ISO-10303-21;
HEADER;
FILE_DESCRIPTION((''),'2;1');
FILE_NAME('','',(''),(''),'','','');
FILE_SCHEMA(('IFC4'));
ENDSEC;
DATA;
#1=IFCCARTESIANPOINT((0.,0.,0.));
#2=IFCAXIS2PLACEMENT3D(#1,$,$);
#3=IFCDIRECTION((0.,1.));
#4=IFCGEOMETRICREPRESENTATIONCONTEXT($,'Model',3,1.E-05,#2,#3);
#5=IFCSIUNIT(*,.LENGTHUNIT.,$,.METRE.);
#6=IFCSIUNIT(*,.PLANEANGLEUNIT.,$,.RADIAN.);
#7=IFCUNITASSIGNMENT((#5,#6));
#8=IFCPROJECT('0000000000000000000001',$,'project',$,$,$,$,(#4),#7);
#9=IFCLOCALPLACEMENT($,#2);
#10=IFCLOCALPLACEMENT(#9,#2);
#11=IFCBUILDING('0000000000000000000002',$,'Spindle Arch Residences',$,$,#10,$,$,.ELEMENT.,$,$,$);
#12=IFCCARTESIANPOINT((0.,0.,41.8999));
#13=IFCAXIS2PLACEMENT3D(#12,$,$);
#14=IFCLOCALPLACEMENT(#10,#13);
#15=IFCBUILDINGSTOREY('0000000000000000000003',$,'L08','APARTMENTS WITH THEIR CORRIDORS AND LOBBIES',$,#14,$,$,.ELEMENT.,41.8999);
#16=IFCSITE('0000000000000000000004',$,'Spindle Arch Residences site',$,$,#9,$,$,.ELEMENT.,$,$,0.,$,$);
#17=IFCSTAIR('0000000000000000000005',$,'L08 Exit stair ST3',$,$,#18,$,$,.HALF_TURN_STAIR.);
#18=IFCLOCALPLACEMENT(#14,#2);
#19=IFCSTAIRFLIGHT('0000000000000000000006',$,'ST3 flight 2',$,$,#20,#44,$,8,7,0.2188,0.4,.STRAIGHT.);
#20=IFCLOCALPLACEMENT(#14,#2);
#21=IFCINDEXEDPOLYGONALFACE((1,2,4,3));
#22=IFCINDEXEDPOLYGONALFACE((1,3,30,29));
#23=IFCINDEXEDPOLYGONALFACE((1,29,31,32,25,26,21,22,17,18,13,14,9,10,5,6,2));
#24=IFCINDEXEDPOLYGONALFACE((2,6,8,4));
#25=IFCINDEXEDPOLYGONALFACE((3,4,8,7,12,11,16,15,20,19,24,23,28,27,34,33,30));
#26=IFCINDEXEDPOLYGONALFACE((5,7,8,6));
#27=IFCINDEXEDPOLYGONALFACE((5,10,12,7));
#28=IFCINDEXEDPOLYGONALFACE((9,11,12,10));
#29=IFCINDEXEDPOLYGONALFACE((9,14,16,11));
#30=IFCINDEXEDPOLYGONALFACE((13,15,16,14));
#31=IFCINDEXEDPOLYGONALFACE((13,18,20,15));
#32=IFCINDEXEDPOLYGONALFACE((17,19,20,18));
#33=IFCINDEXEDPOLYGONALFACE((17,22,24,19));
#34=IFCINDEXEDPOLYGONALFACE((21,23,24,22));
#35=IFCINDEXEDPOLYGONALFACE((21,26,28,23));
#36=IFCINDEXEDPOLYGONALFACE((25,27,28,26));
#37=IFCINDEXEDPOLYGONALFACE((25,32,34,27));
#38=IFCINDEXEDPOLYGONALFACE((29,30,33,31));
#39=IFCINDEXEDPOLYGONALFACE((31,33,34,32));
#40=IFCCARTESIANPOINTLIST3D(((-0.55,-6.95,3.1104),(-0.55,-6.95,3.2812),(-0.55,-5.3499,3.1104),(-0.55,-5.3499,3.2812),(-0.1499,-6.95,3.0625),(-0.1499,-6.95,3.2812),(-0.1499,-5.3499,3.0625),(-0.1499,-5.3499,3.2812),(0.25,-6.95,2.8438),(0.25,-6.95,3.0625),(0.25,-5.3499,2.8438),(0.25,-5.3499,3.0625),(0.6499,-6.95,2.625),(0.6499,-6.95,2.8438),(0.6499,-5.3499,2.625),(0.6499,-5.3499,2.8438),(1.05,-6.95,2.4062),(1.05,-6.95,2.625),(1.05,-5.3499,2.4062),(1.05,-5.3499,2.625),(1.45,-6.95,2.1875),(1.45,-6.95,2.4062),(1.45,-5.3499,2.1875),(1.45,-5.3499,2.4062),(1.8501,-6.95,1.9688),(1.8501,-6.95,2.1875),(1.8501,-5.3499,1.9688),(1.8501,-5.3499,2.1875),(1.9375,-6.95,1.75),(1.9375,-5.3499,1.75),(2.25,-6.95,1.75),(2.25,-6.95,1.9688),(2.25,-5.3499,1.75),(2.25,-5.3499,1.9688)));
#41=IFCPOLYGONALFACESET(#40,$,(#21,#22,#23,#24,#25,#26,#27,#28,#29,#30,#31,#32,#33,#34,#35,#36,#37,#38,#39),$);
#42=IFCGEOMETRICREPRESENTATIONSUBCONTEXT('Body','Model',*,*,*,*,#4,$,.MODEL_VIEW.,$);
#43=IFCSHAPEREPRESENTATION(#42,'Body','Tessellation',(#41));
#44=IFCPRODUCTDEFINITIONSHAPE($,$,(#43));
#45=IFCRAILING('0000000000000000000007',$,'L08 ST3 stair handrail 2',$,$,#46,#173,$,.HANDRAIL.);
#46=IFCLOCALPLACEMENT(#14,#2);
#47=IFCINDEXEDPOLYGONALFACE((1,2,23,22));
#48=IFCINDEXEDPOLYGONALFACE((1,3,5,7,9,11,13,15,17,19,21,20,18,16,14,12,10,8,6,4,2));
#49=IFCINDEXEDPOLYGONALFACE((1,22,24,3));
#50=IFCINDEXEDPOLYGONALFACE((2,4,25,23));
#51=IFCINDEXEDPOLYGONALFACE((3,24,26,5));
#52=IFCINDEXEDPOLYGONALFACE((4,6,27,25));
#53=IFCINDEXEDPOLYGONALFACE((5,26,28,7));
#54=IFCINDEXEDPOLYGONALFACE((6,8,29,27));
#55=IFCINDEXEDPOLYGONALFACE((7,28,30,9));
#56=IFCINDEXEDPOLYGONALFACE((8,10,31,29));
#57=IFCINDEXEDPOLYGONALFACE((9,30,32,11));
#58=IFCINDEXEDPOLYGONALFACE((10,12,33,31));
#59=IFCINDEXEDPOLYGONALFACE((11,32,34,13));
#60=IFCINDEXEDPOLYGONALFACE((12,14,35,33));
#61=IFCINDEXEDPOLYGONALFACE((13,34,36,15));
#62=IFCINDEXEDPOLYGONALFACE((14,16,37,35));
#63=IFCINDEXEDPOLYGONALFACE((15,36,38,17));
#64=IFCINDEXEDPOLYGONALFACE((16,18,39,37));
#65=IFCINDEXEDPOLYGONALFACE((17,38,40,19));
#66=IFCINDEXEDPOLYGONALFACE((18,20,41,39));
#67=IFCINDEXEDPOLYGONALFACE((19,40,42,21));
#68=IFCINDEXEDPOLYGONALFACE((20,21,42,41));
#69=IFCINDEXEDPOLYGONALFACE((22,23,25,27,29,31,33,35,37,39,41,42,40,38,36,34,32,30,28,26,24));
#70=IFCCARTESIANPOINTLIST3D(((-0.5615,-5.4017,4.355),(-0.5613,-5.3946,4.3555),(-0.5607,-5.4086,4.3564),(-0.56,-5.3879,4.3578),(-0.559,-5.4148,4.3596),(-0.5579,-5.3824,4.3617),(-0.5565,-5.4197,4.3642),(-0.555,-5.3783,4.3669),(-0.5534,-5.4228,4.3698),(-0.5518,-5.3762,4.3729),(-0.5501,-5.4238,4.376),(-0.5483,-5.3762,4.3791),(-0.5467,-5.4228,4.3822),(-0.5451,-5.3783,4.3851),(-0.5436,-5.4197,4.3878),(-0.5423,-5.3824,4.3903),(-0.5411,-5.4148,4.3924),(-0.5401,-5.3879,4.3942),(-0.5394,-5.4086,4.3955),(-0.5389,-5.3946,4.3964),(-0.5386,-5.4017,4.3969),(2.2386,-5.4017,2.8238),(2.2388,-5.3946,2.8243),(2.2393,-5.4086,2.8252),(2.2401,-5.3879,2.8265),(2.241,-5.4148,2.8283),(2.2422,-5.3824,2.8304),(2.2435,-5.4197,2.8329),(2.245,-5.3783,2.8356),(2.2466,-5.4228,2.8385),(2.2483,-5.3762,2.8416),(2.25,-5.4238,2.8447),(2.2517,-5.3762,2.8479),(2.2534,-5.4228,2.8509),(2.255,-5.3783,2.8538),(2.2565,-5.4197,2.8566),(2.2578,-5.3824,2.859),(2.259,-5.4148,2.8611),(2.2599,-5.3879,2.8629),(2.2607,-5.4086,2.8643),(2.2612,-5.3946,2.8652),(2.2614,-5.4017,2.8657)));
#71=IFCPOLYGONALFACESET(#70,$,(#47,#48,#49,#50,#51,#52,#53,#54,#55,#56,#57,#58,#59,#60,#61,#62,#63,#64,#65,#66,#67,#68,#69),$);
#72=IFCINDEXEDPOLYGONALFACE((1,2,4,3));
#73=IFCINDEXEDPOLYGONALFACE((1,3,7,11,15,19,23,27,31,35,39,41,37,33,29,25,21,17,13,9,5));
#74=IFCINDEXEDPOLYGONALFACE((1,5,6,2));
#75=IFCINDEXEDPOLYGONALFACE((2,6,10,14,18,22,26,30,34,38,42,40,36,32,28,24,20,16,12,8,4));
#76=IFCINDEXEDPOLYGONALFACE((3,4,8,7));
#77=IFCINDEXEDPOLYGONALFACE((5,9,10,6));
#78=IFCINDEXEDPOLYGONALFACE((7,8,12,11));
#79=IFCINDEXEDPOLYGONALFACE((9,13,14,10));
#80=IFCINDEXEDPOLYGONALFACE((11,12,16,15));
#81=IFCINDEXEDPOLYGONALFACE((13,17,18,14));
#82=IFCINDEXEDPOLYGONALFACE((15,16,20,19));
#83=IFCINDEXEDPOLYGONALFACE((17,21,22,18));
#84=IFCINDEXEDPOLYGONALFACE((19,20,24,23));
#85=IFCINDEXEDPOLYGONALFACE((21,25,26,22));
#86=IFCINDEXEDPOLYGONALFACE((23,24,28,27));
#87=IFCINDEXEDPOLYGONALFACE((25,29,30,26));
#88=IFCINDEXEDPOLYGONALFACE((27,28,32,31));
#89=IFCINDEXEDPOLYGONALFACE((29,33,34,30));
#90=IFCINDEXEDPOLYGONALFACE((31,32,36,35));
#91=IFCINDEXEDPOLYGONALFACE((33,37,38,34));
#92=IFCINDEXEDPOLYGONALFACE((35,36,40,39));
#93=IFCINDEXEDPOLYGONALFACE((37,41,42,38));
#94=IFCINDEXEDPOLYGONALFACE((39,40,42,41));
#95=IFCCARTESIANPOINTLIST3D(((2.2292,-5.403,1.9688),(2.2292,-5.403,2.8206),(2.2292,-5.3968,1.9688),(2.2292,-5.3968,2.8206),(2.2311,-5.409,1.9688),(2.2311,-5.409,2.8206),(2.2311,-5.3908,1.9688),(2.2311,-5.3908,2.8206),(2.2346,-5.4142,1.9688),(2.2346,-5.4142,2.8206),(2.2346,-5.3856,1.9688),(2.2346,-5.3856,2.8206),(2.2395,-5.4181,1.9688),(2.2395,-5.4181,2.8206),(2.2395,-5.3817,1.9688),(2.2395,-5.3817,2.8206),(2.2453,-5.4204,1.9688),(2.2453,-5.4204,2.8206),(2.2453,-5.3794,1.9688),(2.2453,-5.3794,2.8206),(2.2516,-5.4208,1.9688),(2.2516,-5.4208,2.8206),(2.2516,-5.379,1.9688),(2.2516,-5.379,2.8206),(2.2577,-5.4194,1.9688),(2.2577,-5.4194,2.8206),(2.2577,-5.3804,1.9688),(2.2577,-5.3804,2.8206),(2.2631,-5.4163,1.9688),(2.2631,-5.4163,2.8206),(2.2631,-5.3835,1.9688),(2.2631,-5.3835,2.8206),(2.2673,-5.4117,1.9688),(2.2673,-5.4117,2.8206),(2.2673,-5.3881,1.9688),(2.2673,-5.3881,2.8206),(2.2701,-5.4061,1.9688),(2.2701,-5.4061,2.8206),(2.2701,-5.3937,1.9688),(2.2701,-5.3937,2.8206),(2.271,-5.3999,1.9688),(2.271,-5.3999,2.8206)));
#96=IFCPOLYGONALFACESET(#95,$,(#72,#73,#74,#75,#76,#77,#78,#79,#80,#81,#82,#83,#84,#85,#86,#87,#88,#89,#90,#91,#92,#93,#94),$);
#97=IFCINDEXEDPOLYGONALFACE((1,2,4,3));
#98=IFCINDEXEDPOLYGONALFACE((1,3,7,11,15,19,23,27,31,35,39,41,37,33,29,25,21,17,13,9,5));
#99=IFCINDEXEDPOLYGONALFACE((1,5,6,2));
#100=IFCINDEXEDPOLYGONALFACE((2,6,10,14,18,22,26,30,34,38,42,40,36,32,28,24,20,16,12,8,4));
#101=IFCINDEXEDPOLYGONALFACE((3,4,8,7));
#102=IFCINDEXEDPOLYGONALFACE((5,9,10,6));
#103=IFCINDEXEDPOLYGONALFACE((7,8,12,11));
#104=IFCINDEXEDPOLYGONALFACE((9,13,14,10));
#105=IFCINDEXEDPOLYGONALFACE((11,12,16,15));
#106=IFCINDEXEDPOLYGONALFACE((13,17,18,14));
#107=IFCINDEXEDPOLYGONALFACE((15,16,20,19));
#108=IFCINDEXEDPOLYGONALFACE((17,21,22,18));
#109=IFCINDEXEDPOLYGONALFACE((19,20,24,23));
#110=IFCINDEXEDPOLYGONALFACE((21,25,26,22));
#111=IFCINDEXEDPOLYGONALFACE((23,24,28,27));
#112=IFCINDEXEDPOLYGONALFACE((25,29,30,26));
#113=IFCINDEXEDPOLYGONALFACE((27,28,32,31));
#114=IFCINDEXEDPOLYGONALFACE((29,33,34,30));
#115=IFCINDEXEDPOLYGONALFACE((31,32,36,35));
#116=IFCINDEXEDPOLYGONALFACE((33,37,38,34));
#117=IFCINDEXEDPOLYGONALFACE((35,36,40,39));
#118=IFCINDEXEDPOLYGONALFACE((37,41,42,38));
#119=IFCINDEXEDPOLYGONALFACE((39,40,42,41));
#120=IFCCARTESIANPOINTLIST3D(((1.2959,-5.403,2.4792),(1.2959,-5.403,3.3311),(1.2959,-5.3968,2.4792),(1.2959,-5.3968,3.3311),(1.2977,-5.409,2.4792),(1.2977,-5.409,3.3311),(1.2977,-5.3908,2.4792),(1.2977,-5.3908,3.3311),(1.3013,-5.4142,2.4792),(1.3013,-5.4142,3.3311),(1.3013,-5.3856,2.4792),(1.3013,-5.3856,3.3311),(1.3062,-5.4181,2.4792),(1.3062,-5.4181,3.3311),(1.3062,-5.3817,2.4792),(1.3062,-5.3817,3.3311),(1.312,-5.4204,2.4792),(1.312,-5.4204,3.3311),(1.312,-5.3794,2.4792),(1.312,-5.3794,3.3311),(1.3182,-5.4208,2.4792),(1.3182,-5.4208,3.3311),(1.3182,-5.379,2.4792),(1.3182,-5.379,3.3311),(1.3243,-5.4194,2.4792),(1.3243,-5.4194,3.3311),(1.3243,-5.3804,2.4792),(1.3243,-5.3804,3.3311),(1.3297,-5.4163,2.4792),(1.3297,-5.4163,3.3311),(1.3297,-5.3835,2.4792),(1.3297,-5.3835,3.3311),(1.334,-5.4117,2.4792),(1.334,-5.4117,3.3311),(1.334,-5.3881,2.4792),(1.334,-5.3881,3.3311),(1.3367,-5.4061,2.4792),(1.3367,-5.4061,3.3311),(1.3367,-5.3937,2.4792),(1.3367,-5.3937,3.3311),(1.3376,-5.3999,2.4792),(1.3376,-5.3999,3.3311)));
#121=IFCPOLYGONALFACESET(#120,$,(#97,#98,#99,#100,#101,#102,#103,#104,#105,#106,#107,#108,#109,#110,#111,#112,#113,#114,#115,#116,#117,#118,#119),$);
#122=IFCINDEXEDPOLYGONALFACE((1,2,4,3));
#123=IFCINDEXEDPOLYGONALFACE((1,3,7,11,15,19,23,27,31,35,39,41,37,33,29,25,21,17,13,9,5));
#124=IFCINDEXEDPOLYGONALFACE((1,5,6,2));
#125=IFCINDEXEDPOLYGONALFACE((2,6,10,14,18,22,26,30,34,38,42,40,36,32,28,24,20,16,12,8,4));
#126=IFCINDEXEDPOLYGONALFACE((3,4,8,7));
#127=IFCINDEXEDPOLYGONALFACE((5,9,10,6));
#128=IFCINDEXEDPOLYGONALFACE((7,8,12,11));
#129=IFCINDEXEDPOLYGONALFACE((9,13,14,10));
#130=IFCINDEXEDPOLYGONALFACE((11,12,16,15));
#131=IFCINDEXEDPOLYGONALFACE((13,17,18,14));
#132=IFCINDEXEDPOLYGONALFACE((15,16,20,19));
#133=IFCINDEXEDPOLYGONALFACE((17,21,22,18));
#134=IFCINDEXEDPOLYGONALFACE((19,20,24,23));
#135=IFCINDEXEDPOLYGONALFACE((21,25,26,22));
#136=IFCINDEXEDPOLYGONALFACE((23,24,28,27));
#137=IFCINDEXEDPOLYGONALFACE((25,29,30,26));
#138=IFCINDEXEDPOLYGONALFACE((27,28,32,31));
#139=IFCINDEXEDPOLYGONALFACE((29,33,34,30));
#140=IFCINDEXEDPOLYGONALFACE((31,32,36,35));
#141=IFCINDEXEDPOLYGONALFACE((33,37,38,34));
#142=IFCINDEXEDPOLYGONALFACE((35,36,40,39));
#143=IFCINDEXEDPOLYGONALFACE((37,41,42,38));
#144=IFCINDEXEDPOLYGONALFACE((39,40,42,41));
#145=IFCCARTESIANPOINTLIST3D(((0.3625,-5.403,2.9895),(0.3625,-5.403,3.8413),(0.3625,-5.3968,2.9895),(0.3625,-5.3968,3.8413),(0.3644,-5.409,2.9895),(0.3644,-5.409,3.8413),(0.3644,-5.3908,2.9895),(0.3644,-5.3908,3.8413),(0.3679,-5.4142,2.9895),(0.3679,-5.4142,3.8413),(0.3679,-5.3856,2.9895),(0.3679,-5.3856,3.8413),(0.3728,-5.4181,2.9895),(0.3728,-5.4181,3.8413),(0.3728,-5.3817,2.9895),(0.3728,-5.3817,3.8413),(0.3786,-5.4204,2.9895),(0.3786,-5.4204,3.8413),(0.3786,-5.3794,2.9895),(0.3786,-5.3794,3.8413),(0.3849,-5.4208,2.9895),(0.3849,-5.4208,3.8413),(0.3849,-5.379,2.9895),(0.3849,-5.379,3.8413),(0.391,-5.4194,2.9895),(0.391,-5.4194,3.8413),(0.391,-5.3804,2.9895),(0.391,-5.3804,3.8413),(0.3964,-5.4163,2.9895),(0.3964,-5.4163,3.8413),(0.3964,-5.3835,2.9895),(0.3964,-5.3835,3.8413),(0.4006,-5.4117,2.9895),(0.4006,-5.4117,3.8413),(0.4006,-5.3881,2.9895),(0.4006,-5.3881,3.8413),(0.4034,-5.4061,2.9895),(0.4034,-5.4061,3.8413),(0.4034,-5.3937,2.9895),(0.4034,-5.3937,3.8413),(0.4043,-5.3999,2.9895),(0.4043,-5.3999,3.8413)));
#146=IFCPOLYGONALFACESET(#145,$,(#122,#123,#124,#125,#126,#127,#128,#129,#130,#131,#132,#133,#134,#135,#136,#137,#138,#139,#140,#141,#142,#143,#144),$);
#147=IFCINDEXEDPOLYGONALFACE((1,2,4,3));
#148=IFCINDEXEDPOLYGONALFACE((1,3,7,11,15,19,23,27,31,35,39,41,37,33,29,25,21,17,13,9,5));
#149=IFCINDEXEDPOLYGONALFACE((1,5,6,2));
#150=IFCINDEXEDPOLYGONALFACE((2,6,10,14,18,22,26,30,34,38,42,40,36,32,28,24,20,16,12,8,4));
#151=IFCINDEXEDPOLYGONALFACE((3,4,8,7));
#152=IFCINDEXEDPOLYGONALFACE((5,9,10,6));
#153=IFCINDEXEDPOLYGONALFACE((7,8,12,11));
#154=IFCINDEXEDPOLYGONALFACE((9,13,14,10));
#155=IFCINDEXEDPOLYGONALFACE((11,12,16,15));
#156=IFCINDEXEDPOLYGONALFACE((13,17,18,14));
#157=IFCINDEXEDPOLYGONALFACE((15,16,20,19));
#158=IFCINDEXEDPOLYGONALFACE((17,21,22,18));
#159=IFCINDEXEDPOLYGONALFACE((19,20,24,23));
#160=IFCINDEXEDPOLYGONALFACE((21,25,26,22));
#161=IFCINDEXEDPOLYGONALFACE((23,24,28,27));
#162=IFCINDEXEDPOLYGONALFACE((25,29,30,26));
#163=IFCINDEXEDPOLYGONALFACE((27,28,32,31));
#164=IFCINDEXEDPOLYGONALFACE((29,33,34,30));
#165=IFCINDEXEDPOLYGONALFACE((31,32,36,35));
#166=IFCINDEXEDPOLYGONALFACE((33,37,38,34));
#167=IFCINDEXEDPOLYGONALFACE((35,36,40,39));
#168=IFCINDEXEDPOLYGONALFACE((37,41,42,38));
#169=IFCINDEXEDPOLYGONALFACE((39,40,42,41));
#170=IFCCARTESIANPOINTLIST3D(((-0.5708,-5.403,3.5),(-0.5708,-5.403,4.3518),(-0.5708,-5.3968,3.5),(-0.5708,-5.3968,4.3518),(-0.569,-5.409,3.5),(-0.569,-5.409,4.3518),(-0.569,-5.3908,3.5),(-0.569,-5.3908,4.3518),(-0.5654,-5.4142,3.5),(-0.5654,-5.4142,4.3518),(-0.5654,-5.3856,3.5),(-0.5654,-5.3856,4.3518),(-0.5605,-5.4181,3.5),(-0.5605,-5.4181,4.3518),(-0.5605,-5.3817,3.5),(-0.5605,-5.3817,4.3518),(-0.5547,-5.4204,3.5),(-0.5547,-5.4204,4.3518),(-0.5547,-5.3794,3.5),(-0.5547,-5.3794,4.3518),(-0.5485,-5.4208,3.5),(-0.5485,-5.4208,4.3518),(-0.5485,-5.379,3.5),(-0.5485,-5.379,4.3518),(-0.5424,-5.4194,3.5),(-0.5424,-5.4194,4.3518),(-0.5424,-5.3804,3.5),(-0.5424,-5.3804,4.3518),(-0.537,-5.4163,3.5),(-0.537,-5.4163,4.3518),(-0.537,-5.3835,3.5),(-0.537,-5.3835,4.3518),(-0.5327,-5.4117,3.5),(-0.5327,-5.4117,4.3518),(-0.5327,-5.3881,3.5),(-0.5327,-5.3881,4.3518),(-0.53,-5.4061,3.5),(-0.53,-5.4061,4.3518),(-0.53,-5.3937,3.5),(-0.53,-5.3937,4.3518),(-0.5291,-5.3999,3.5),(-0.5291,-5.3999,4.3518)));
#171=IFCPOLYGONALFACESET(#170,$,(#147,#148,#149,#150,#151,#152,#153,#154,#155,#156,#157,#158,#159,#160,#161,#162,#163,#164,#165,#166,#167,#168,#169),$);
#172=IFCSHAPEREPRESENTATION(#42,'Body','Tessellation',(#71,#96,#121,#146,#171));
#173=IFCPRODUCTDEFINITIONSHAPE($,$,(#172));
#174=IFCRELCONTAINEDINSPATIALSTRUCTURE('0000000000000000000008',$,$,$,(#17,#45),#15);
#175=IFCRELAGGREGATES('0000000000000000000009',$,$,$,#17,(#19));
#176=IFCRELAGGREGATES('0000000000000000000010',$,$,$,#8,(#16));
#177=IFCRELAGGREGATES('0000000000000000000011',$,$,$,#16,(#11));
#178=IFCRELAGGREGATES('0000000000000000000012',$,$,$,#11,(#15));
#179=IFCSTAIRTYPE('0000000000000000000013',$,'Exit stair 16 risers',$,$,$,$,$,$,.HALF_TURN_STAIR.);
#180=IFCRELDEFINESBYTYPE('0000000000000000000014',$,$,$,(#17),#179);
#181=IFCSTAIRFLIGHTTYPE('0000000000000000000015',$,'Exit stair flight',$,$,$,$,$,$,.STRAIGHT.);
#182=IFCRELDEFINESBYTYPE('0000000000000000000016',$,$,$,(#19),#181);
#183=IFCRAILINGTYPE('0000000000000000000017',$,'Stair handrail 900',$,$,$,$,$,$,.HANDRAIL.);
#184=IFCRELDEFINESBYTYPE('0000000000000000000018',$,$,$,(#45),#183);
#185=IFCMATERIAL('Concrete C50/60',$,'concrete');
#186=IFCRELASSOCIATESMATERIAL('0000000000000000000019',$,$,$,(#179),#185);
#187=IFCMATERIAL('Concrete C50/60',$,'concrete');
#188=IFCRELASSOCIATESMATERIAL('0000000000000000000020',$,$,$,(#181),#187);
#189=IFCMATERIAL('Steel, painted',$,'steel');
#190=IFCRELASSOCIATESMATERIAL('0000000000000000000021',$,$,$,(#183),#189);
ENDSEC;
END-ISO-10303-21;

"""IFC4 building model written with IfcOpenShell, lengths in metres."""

from ifc_helpers import new_model, si_unit, direction, frame, origin, origin_2d, place, context, subcontext, project, spatial, polyline, circle, outline, extrude, material, type_object, element, aggregate, save


model = new_model("IFC4")

# Units and contexts
model_context = context("Model", 3, precision=1e-05, world=origin(), true_north=direction((0.0, 1.0)))
body_context = subcontext(model_context, "Body", "Model", "MODEL_VIEW")
ifc_project = project(units=[si_unit("LENGTHUNIT", "METRE"), si_unit("PLANEANGLEUNIT", "RADIAN")], contexts=[model_context])

# Site, building, storey
site_placement = place(None, origin())
site = spatial("IfcSite", under=ifc_project, at=site_placement, Name="Spindle Arch Residences site", CompositionType="ELEMENT", RefElevation=0.0)
building_placement = place(site_placement, origin())
building = spatial("IfcBuilding", under=site, at=building_placement, Name="Spindle Arch Residences", CompositionType="ELEMENT")
storey_placement = place(building_placement, frame((0.0, 0.0, 41.8999)))
storey = spatial("IfcBuildingStorey", under=building, at=storey_placement, Name="L08", Description="APARTMENTS WITH THEIR CORRIDORS AND LOBBIES", CompositionType="ELEMENT", Elevation=41.8999)

# Stair, stair flight
ifc_material_1 = material(Name="Concrete C50/60", Category="concrete")
stair_type = type_object("IfcStairType", Name="Exit stair 16 risers", PredefinedType="HALF_TURN_STAIR", material=ifc_material_1)
stair_placement = place(storey_placement, origin())
stair = element("IfcStair", 1, at=stair_placement, inside=storey, type_object=stair_type, Name="L08 Exit stair ST3", PredefinedType="HALF_TURN_STAIR")
ifc_material_2 = material(Name="Concrete C50/60", Category="concrete")
stair_flight_type = type_object("IfcStairFlightType", Name="Exit stair flight", PredefinedType="STRAIGHT", material=ifc_material_2)
stair_flight_placement = place(storey_placement, frame((2.25, -6.1499, 1.75), z_axis=(0.0, 0.0, 1.0), x_axis=(-1.0, 0.0, 0.0)))
stair_flight = element("IfcStairFlight", 2, at=stair_flight_placement, type_object=stair_flight_type, Name="ST3 flight 2", NumberOfRisers=8, NumberOfTreads=7, PredefinedType="STRAIGHT", RiserHeight=0.2188, TreadLength=0.4, context=body_context, shape_type="SweptSolid", body=[
    extrude(outline(polyline([(0.0, 0.0), (0.0, 0.2188), (0.3999, 0.2188), (0.3999, 0.4375), (0.8, 0.4375), (0.8, 0.6562), (1.2, 0.6562), (1.2, 0.875), (1.6001, 0.875), (1.6001, 1.0938), (2.0, 1.0938), (2.0, 1.3125), (2.3999, 1.3125), (2.3999, 1.5312), (2.8, 1.5312), (2.8, 1.75), (2.8, 1.3604), (0.3125, 0.0), (0.0, 0.0)])), frame((0.0, 0.8, 0.0), z_axis=(0.0, -1.0, 0.0), x_axis=(1.0, 0.0, 0.0)), (0.0, 0.0, 1.0), 1.6001),
])
aggregate(stair, [stair_flight])

# Railing
ifc_material_3 = material(Name="Steel, painted", Category="steel")
railing_type = type_object("IfcRailingType", Name="Stair handrail 900", PredefinedType="HANDRAIL", material=ifc_material_3)
railing_placement = place(storey_placement, frame((2.25, -5.3999, 1.9688)))
element("IfcRailing", 3, at=railing_placement, inside=storey, type_object=railing_type, Name="L08 ST3 stair handrail 2", PredefinedType="HANDRAIL", context=body_context, shape_type="SweptSolid", body=[
    extrude(circle(Radius=0.0239, at=origin_2d()), frame((0.0, 0.0, 0.876), z_axis=(-0.877375, 0.0, 0.479806), x_axis=(0.0, -1.0, 0.0)), (0.0, 0.0, 1.0), 3.1914),
    extrude(circle(Radius=0.021, at=origin_2d()), origin(), (0.0, 0.0, 1.0), 0.8518),
    extrude(circle(Radius=0.021, at=origin_2d()), frame((-0.9333, 0.0, 0.5105)), (0.0, 0.0, 1.0), 0.8518),
    extrude(circle(Radius=0.021, at=origin_2d()), frame((-1.8667, 0.0, 1.0208)), (0.0, 0.0, 1.0), 0.8518),
    extrude(circle(Radius=0.021, at=origin_2d()), frame((-2.8, 0.0, 1.5312)), (0.0, 0.0, 1.0), 0.8518),
])

save(model, "model.ifc")
